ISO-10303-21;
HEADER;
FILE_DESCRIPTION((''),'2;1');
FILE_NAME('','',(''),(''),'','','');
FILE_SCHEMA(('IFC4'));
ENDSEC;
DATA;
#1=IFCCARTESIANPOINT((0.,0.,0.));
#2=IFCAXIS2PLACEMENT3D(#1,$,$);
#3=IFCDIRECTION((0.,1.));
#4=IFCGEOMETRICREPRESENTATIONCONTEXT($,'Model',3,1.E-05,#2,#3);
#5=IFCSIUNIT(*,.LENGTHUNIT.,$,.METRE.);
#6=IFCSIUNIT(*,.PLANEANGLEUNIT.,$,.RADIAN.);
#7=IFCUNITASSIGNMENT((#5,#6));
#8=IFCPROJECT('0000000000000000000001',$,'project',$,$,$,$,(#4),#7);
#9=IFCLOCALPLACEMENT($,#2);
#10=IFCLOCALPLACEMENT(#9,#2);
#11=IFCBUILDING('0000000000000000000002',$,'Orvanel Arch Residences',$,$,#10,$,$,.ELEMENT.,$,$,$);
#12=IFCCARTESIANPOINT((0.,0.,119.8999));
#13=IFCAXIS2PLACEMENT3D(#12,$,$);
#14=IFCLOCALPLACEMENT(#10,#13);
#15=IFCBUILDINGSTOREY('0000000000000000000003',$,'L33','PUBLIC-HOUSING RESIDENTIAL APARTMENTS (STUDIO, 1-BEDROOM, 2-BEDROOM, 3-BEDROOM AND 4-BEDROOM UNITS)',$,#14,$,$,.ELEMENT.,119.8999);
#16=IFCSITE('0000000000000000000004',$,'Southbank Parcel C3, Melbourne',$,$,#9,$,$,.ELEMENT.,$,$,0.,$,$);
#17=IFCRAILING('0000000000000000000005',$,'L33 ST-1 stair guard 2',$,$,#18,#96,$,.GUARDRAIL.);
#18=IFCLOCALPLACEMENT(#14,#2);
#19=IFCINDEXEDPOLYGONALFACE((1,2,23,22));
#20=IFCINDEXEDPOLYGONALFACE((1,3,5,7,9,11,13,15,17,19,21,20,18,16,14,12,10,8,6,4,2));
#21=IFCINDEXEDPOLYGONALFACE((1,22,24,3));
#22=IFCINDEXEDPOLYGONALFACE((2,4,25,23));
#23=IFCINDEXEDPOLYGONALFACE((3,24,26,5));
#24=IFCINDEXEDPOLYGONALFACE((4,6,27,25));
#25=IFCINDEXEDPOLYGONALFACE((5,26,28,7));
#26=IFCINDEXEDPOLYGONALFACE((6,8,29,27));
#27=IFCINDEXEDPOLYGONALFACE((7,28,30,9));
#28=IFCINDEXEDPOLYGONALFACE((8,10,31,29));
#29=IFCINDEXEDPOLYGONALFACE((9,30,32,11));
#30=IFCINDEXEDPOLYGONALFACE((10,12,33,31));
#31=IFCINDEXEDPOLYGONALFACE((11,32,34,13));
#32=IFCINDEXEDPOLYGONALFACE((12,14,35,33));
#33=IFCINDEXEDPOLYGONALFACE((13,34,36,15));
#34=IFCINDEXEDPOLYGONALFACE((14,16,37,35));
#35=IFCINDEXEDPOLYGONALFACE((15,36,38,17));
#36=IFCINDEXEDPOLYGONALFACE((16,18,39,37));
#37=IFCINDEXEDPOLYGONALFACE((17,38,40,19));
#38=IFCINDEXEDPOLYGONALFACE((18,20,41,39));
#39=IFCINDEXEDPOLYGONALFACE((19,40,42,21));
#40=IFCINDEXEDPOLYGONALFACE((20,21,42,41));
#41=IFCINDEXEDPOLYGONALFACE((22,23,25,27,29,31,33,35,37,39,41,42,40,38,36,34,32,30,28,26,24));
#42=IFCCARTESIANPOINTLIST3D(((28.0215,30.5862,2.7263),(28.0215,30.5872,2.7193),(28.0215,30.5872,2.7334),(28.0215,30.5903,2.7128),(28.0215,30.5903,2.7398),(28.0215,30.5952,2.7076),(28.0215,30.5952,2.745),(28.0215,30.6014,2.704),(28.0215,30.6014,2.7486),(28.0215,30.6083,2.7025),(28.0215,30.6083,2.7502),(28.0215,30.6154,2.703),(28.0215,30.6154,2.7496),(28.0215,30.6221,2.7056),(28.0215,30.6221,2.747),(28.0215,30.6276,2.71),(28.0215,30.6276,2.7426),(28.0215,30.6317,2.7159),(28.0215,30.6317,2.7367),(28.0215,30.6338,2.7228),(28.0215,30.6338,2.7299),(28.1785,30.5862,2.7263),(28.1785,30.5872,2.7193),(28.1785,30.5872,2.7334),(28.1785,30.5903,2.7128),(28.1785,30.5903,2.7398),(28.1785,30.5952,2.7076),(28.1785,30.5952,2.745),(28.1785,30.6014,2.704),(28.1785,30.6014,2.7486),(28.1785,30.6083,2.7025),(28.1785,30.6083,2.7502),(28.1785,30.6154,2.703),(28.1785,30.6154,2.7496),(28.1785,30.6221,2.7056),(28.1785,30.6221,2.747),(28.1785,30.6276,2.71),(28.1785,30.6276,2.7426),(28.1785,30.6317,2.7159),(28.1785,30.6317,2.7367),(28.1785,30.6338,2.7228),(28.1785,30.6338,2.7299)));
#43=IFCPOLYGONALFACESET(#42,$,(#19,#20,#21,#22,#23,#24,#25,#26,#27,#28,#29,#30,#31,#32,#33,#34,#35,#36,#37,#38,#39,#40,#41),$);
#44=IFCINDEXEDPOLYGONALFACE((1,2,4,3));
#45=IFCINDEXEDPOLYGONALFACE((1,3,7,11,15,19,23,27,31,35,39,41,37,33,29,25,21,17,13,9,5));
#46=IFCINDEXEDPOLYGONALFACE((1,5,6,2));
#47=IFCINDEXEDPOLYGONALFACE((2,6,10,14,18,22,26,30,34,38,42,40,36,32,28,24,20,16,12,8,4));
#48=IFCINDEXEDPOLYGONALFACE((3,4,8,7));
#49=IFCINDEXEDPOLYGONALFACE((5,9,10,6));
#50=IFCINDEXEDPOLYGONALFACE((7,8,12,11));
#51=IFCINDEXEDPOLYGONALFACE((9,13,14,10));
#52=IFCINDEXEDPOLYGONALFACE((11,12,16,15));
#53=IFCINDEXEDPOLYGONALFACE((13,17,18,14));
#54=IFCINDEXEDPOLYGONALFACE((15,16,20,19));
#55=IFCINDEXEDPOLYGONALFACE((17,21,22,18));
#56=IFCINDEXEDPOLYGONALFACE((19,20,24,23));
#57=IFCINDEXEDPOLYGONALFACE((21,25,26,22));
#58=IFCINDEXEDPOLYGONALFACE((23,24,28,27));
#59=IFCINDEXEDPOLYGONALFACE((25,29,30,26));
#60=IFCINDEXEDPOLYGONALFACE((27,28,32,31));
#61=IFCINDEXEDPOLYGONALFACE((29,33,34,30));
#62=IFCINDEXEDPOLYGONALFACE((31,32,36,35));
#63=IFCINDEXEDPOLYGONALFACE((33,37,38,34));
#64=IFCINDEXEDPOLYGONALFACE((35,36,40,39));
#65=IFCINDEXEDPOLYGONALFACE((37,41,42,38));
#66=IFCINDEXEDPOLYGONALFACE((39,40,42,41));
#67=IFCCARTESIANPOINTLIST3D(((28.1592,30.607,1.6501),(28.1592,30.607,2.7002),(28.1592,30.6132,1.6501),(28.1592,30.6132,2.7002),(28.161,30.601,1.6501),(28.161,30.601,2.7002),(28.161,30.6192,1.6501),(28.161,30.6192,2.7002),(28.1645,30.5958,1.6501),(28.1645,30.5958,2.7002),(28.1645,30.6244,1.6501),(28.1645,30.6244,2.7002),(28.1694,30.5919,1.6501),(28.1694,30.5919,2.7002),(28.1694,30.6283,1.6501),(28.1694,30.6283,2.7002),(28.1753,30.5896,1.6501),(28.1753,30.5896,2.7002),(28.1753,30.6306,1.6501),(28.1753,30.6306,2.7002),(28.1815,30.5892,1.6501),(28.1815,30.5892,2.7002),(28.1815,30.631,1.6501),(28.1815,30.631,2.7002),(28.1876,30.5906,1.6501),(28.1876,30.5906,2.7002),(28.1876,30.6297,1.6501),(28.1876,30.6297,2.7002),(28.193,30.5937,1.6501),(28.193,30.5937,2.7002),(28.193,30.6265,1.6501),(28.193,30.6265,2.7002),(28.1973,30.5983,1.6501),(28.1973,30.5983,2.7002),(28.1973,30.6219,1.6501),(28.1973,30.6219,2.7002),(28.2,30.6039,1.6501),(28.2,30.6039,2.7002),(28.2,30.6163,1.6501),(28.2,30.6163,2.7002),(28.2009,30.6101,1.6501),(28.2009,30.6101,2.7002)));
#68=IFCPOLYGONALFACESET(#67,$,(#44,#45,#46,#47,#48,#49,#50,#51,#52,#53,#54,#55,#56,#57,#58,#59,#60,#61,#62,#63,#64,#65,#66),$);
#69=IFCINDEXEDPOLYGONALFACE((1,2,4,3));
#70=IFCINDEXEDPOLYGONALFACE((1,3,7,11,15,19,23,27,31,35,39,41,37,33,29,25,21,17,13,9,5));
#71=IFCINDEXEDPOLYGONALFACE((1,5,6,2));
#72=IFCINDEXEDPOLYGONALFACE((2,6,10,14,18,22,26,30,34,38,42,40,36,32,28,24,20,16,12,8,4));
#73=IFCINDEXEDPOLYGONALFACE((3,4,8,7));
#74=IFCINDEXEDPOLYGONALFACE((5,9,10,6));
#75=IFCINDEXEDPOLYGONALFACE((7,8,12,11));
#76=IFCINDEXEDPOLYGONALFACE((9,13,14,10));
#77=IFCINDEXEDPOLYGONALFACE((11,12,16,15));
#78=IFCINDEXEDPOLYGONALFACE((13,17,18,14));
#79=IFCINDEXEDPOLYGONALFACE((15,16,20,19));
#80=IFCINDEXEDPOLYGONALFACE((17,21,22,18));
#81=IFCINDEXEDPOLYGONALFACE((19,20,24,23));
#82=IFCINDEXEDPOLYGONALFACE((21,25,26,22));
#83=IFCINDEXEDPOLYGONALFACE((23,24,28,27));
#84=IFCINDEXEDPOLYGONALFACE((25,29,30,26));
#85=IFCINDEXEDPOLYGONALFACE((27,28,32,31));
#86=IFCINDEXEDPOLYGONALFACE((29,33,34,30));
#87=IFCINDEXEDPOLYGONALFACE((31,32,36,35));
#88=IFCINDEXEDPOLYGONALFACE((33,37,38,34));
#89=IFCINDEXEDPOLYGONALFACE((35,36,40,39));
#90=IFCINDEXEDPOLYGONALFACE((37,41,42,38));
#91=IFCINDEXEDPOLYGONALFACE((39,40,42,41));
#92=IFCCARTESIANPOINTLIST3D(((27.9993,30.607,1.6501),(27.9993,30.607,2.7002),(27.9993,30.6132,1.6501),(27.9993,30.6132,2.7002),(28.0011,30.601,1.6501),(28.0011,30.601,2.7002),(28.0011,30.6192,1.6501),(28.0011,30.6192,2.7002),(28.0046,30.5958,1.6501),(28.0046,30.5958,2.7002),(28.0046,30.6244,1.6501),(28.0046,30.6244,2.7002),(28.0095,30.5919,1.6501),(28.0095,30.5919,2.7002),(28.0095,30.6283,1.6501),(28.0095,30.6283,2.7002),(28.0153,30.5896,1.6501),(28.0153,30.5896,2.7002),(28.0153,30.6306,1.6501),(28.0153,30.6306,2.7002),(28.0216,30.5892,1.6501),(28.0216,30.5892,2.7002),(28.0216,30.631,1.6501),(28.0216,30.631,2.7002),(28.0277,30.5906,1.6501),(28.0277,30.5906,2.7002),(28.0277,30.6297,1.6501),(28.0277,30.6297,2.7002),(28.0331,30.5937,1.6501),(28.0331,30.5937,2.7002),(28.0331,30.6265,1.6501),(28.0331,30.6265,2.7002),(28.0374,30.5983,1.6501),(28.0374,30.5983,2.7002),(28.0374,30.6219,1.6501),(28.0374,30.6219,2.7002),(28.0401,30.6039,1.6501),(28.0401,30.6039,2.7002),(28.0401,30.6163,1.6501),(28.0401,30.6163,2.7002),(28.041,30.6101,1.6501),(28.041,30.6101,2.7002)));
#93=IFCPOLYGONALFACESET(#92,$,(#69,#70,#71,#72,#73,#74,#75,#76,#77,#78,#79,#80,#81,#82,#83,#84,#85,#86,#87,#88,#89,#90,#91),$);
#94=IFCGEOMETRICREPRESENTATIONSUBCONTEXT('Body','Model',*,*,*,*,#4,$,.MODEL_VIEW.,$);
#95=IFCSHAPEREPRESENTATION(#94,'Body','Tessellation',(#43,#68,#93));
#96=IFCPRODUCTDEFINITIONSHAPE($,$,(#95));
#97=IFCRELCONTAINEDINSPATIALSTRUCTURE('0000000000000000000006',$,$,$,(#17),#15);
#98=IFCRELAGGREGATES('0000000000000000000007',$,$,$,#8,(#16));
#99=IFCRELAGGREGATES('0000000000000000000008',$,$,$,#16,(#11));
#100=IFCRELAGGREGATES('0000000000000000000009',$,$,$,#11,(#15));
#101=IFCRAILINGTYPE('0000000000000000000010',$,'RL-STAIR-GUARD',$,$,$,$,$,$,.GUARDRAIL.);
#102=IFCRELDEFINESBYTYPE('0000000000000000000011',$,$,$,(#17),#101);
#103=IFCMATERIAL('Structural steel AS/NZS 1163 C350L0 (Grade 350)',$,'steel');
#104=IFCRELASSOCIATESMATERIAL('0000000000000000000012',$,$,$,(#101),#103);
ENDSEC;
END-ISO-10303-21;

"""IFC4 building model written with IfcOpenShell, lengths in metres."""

from ifc_helpers import new_model, si_unit, direction, frame, origin, origin_2d, place, context, subcontext, project, spatial, circle, extrude, material, type_object, element, save


model = new_model("IFC4")

# Units and contexts
model_context = context("Model", 3, precision=1e-05, world=origin(), true_north=direction((0.0, 1.0)))
body_context = subcontext(model_context, "Body", "Model", "MODEL_VIEW")
ifc_project = project(units=[si_unit("LENGTHUNIT", "METRE"), si_unit("PLANEANGLEUNIT", "RADIAN")], contexts=[model_context])

# Site, building, storey
site_placement = place(None, origin())
site = spatial("IfcSite", under=ifc_project, at=site_placement, Name="Southbank Parcel C3, Melbourne", CompositionType="ELEMENT", RefElevation=0.0)
building_placement = place(site_placement, origin())
building = spatial("IfcBuilding", under=site, at=building_placement, Name="Orvanel Arch Residences", CompositionType="ELEMENT")
storey_placement = place(building_placement, frame((0.0, 0.0, 119.8999)))
storey = spatial("IfcBuildingStorey", under=building, at=storey_placement, Name="L33", Description="PUBLIC-HOUSING RESIDENTIAL APARTMENTS (STUDIO, 1-BEDROOM, 2-BEDROOM, 3-BEDROOM AND 4-BEDROOM UNITS)", CompositionType="ELEMENT", Elevation=119.8999)

# Railing
ifc_material_1 = material(Name="Structural steel AS/NZS 1163 C350L0 (Grade 350)", Category="steel")
railing_type_1 = type_object("IfcRailingType", Name="RL-STAIR-GUARD", PredefinedType="GUARDRAIL", material=ifc_material_1)
railing_1_placement = place(storey_placement, frame((28.1799, 30.6101, 1.6501)))
element("IfcRailing", 1, at=railing_1_placement, inside=storey, type_object=railing_type_1, Name="L33 ST-1 stair guard 2", PredefinedType="GUARDRAIL", context=body_context, shape_type="SweptSolid", body=[
    extrude(circle(Radius=0.0239, at=origin_2d()), frame((-0.0015, 0.0, 1.0762), z_axis=(-1.0, 0.0, 0.0), x_axis=(0.0, -1.0, 0.0)), (0.0, 0.0, 1.0), 0.157),
    extrude(circle(Radius=0.021, at=origin_2d()), origin(), (0.0, 0.0, 1.0), 1.05),
    extrude(circle(Radius=0.021, at=origin_2d()), frame((-0.1599, 0.0, 0.0)), (0.0, 0.0, 1.0), 1.05),
])

save(model, "model.ifc")
